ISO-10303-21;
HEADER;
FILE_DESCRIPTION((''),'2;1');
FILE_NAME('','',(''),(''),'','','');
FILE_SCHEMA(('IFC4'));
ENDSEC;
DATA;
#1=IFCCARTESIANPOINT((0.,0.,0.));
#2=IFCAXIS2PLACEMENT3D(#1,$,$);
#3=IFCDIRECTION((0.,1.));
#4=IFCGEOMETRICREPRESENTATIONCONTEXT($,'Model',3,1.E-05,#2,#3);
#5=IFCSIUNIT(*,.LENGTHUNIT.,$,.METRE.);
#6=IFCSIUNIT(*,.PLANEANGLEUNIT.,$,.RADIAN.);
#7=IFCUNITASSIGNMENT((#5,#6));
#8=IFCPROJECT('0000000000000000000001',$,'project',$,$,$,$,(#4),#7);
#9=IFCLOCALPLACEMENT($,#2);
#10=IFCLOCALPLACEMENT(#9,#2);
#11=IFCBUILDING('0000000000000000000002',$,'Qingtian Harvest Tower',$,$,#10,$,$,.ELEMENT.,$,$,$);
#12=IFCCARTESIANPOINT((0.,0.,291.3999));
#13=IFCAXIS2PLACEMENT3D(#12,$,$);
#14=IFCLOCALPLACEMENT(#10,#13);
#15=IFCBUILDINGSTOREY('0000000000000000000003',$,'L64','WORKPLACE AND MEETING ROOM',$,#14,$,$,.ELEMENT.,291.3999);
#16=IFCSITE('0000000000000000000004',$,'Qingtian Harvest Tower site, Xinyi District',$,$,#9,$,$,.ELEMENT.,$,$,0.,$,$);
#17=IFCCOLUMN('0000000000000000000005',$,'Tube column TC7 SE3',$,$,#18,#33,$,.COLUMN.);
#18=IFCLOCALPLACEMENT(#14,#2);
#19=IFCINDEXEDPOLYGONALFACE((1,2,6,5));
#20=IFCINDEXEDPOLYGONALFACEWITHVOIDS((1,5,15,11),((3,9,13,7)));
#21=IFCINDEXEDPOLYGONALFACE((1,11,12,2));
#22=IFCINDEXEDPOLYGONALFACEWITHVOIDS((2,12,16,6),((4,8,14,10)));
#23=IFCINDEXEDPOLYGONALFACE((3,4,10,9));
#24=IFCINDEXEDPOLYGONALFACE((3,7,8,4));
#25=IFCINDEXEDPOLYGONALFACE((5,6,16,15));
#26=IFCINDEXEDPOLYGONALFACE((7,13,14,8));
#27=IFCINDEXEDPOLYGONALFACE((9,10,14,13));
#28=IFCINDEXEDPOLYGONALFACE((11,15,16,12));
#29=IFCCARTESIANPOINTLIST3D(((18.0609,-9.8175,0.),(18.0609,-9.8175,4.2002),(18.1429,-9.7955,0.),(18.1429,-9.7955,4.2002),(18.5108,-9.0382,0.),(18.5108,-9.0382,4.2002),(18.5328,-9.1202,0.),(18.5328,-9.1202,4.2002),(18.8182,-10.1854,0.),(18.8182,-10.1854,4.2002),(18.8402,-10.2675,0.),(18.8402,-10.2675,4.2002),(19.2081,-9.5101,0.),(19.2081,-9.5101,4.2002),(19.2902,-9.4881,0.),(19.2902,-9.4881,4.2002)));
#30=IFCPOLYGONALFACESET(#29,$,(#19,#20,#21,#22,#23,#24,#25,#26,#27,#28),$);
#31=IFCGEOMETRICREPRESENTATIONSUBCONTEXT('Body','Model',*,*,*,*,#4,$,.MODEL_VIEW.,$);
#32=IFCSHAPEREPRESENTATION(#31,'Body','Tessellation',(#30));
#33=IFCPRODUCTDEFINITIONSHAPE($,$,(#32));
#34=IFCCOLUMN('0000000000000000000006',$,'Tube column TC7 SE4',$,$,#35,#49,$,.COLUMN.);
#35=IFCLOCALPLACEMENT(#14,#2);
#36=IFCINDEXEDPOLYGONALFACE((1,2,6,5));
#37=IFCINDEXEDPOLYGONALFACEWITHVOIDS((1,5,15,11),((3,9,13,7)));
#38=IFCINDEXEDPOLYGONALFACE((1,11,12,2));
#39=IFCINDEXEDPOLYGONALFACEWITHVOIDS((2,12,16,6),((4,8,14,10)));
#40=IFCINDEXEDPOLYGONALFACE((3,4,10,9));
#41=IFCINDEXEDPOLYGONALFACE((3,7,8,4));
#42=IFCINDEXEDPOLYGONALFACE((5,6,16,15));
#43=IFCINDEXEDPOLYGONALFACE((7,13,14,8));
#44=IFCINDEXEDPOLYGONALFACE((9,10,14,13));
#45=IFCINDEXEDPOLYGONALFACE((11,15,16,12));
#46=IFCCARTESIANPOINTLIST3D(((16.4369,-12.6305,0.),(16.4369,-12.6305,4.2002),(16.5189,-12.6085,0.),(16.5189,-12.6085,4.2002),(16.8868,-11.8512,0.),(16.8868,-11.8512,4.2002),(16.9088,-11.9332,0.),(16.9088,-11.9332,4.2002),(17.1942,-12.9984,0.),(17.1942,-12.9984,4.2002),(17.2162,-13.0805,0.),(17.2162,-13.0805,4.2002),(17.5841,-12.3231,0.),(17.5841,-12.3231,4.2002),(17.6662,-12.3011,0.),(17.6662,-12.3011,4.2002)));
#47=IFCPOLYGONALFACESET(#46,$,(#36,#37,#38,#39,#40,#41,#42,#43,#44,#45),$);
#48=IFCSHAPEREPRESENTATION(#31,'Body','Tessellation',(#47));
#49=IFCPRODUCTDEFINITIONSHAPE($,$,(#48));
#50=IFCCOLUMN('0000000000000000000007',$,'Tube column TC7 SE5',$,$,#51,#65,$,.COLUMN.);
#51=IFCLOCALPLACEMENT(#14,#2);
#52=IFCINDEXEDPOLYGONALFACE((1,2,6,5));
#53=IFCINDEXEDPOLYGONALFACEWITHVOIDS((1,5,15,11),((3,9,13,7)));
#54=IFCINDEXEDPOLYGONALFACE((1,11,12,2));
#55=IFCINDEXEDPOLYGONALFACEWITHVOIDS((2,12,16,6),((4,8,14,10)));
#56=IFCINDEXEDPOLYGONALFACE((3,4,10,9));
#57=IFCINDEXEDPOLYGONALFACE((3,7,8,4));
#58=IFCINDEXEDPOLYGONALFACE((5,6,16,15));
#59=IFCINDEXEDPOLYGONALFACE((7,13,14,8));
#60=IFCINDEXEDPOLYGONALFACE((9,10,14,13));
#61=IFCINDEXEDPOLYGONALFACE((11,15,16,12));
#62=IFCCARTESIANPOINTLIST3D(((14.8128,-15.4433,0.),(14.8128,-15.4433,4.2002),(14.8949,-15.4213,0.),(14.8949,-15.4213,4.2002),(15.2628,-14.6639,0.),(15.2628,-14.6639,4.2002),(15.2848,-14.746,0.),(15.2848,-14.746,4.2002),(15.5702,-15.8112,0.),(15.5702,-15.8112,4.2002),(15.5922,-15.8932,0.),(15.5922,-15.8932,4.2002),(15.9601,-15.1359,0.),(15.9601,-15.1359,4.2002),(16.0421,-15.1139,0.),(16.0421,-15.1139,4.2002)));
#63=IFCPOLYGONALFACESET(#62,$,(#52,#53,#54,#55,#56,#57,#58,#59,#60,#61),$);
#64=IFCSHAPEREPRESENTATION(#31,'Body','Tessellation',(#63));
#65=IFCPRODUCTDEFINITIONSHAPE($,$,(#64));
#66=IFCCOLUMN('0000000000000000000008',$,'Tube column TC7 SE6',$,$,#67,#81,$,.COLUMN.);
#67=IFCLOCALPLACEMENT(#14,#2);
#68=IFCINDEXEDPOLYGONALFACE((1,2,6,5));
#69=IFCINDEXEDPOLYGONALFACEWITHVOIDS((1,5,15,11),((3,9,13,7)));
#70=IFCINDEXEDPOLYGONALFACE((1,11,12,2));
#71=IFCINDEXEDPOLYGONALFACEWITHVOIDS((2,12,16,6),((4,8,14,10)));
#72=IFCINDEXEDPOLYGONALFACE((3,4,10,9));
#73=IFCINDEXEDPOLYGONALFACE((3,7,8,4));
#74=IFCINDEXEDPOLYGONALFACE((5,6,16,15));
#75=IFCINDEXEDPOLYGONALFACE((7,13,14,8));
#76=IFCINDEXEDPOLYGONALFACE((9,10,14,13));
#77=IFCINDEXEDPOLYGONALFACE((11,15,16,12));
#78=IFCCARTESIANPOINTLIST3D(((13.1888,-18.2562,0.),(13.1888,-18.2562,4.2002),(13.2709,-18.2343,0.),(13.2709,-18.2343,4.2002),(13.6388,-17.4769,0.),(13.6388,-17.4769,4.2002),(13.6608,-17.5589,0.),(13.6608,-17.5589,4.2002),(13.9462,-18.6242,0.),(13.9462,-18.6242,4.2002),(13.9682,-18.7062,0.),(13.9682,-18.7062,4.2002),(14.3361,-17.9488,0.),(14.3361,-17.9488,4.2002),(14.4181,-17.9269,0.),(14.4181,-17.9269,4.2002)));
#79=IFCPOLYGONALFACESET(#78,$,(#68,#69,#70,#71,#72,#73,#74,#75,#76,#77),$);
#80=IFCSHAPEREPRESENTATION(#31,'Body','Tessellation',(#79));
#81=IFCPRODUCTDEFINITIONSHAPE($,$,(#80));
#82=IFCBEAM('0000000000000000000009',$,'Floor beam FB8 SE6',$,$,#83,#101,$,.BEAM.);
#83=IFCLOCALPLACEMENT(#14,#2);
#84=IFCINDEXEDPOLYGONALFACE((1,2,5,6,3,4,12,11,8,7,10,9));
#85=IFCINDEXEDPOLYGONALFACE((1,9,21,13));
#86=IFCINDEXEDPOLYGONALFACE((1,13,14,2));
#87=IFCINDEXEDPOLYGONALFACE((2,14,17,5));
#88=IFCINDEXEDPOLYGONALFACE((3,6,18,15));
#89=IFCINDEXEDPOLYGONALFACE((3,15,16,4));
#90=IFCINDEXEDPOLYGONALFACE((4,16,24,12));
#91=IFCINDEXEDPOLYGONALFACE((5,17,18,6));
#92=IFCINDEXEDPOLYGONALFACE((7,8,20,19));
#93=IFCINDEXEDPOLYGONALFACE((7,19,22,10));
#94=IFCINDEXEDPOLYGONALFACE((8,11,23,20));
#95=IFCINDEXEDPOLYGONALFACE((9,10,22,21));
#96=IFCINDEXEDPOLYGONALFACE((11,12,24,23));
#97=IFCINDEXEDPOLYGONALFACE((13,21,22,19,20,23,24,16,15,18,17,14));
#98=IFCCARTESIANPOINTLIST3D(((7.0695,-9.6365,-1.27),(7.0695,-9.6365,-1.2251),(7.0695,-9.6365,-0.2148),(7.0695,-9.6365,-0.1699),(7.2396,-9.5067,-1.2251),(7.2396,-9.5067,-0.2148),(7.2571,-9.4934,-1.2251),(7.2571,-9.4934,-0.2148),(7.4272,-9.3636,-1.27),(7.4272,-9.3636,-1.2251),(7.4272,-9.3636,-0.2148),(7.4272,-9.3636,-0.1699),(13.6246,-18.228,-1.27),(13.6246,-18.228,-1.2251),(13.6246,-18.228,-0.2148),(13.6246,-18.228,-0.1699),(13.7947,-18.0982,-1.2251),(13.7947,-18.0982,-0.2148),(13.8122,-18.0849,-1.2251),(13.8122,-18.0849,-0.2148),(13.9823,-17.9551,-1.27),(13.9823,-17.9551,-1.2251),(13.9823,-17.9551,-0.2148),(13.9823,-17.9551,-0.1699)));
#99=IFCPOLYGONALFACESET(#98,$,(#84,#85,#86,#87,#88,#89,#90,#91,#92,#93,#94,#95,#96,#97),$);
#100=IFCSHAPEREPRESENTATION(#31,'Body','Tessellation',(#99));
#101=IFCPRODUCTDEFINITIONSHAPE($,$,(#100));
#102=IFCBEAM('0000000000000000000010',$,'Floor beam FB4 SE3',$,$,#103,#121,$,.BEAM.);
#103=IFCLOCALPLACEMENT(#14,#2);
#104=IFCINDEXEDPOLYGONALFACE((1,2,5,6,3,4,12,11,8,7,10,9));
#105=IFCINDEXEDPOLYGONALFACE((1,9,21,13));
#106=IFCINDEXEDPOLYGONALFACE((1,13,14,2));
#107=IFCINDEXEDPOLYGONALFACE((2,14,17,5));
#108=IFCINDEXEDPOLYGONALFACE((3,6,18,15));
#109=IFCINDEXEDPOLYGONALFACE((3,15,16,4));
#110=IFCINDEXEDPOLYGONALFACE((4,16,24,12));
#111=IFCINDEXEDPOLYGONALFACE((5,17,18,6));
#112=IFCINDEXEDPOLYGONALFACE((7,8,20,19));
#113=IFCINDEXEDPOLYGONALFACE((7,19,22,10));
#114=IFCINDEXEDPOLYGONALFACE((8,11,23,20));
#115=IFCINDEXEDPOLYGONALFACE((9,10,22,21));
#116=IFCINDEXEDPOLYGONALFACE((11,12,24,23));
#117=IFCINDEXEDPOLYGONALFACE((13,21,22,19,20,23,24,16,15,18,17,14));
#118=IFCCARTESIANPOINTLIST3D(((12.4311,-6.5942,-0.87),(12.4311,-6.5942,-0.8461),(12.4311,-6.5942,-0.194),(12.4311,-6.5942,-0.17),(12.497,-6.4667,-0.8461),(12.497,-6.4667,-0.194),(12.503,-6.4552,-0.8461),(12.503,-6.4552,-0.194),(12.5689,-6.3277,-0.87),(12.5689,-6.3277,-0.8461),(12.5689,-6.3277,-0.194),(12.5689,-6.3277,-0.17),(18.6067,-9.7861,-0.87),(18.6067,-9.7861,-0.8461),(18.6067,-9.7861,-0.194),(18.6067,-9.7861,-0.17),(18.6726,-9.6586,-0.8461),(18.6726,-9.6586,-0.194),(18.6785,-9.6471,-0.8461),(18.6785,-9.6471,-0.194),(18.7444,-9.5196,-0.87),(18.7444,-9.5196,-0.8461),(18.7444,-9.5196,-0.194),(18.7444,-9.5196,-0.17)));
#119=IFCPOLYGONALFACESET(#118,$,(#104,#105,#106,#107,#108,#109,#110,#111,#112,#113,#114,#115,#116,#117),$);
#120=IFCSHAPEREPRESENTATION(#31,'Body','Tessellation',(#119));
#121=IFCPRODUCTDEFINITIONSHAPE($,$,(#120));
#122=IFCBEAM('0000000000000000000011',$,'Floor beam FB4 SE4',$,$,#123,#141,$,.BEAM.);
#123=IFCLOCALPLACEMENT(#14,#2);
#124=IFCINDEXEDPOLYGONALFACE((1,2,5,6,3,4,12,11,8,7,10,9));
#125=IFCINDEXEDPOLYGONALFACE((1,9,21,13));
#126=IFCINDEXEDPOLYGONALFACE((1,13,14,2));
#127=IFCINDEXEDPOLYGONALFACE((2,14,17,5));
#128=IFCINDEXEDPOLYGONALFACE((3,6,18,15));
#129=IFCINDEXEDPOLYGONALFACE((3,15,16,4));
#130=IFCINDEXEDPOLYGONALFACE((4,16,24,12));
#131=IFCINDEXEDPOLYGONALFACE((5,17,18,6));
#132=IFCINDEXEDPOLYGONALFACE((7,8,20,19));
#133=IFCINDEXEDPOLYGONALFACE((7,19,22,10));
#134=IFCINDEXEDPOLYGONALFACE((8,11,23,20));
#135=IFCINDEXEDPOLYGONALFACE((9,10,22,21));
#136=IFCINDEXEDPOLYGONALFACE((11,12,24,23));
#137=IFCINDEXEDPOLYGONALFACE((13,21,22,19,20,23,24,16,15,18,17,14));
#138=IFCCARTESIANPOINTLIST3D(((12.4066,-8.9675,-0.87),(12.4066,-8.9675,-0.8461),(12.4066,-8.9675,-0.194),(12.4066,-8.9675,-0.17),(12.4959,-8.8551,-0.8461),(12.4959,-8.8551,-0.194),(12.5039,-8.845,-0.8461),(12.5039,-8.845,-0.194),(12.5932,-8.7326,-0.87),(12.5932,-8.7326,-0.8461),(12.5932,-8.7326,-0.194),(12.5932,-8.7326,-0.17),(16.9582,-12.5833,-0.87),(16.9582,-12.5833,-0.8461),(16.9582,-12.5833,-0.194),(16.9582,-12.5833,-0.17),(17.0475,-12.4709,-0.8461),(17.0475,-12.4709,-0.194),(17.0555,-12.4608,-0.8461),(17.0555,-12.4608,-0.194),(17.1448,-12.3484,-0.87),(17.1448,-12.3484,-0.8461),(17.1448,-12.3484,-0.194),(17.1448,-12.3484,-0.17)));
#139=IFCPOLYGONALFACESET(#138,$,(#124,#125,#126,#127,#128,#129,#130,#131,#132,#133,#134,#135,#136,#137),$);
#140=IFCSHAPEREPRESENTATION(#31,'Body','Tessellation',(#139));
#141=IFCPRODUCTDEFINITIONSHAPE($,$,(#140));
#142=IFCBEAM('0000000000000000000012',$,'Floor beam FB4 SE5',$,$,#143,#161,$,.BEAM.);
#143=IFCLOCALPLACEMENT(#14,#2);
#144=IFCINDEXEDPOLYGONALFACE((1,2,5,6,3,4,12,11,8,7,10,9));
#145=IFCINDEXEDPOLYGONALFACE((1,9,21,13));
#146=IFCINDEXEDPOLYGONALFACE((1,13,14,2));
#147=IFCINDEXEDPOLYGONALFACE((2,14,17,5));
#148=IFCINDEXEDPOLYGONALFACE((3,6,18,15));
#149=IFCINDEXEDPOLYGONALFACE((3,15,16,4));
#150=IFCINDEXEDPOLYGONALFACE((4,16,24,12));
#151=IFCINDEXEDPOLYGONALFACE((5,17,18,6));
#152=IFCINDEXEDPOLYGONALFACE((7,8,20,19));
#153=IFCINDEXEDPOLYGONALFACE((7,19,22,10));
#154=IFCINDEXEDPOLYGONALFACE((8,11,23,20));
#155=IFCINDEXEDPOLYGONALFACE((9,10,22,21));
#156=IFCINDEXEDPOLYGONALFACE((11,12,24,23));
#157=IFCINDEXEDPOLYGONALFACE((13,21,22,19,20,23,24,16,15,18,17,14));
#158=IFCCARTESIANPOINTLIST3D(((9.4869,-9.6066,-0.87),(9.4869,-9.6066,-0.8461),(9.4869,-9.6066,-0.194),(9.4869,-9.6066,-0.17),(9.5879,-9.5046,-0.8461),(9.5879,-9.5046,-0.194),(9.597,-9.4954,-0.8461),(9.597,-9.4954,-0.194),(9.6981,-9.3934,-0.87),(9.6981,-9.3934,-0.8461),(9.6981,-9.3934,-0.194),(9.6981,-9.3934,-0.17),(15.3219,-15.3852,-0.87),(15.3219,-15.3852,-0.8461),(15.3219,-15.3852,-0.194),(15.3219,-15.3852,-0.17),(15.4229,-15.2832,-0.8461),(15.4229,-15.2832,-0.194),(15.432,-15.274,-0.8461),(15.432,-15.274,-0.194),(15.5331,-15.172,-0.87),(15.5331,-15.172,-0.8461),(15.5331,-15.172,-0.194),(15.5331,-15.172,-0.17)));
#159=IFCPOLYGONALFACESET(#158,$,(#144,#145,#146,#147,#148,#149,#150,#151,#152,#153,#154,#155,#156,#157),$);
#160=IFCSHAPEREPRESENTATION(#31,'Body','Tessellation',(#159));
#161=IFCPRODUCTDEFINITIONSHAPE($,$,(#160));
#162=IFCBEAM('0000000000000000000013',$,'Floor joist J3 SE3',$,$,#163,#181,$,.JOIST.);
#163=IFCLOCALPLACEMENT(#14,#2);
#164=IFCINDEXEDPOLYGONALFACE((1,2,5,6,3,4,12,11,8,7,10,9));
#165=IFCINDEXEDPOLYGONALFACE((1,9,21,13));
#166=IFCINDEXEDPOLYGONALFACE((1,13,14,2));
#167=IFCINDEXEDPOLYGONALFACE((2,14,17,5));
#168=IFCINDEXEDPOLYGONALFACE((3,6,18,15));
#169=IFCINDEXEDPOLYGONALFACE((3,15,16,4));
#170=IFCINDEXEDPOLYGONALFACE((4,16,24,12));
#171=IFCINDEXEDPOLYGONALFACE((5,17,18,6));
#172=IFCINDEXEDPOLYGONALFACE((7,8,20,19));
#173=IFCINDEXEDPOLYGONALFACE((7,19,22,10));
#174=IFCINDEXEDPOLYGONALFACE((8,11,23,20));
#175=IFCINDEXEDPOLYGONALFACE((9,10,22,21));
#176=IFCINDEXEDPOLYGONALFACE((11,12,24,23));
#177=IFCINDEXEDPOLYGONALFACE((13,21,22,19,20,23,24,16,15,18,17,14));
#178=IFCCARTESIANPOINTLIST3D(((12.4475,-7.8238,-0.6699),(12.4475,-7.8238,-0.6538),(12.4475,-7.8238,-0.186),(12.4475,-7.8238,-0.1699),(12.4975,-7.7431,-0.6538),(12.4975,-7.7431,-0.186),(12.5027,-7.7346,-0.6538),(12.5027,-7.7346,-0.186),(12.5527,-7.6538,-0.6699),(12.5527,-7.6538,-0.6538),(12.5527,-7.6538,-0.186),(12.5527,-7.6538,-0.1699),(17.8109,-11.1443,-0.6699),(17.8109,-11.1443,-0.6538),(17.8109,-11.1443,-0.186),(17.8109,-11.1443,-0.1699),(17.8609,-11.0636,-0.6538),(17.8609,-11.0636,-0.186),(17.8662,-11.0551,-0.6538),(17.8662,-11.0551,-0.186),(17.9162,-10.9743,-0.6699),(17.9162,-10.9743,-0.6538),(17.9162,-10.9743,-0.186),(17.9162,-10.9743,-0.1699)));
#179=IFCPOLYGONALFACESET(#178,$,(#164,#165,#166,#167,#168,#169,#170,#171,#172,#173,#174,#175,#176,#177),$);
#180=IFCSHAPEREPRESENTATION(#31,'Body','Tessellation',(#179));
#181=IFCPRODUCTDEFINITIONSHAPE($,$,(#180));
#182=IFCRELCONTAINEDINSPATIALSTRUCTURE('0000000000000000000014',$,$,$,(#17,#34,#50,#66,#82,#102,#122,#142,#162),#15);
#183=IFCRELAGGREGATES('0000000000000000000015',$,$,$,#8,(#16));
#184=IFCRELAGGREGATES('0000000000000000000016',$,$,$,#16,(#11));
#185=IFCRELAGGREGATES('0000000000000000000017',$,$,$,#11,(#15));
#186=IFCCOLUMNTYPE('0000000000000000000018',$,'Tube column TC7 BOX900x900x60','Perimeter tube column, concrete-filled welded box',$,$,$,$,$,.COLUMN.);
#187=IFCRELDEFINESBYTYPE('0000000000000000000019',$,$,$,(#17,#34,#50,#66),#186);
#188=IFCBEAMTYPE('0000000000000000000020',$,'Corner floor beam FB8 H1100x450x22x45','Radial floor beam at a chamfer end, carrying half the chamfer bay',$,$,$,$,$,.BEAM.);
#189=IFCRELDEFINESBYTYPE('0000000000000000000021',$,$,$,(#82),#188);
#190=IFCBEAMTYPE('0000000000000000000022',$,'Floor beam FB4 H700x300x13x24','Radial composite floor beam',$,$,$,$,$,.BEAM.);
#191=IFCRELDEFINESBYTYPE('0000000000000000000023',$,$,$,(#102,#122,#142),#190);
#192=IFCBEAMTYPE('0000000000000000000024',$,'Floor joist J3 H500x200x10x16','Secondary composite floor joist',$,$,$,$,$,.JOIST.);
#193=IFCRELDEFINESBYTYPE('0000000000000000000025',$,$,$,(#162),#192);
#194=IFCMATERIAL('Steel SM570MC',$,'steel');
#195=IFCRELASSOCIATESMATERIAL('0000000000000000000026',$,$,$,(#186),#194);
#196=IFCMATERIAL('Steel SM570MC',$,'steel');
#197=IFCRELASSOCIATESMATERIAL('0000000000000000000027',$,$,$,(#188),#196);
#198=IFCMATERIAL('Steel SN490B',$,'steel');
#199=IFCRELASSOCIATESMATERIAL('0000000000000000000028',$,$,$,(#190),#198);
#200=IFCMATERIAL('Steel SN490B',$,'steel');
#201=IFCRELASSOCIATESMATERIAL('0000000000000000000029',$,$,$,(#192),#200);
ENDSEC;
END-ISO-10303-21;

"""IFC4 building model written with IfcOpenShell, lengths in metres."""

from ifc_helpers import new_model, si_unit, direction, frame, origin, origin_2d, place, context, subcontext, project, spatial, hollow_rectangle, i_section, extrude, material, material_profile, profile_set, type_object, element, save


model = new_model("IFC4")

# Units and contexts
model_context = context("Model", 3, precision=1e-05, world=origin(), true_north=direction((0.0, 1.0)))
body_context = subcontext(model_context, "Body", "Model", "MODEL_VIEW")
ifc_project = project(units=[si_unit("LENGTHUNIT", "METRE"), si_unit("PLANEANGLEUNIT", "RADIAN")], contexts=[model_context])

# Site, building, storey
site_placement = place(None, origin())
site = spatial("IfcSite", under=ifc_project, at=site_placement, Name="Qingtian Harvest Tower site, Xinyi District", CompositionType="ELEMENT", RefElevation=0.0)
building_placement = place(site_placement, origin())
building = spatial("IfcBuilding", under=site, at=building_placement, Name="Qingtian Harvest Tower", CompositionType="ELEMENT")
storey_placement = place(building_placement, frame((0.0, 0.0, 291.3999)))
storey = spatial("IfcBuildingStorey", under=building, at=storey_placement, Name="L64", Description="WORKPLACE AND MEETING ROOM", CompositionType="ELEMENT", Elevation=291.3999)

# Columns
ifc_material_1 = material(Name="Steel SM570MC", Category="steel")
ifc_material_profile_1 = material_profile(ifc_material_1, hollow_rectangle(XDim=0.8999, YDim=0.8999, WallThickness=0.0601, at=origin_2d()), Name="BOX900x900x60")
ifc_profile_set_1 = profile_set([ifc_material_profile_1], Name="Steel SM570MC")
column_type = type_object("IfcColumnType", Name="Tube column TC7 BOX900x900x60", Description="Perimeter tube column, concrete-filled welded box", PredefinedType="COLUMN", material=ifc_profile_set_1)
for number, where, z_axis, x_axis, name in (
    (1, (18.6755, -9.6528, 0.0), (0.0, 0.0, 1.0), (0.5, 0.866025, 0.0), "Tube column TC7 SE3"),
    (2, (17.0515, -12.4658, 0.0), (0.0, 0.0, 1.0), (0.5, 0.866025, 0.0), "Tube column TC7 SE4"),
    (3, (15.4275, -15.2786, 0.0), (0.0, 0.0, 1.0), (0.5, 0.866025, 0.0), "Tube column TC7 SE5"),
    (4, (13.8035, -18.0916, 0.0), (0.0, 0.0, 1.0), (0.5, 0.866025, 0.0), "Tube column TC7 SE6"),
):
    element("IfcColumn", number, at=place(storey_placement, frame(where, z_axis=z_axis, x_axis=x_axis)), inside=storey, type_object=column_type, Name=name, PredefinedType="COLUMN", context=body_context, shape_type="SweptSolid", body=[
        extrude(hollow_rectangle(XDim=0.8999, YDim=0.8999, WallThickness=0.0601, at=origin_2d()), origin(), (0.0, 0.0, 1.0), 4.2002),
    ])

# Beams
ifc_material_2 = material(Name="Steel SM570MC", Category="steel")
ifc_material_profile_2 = material_profile(ifc_material_2, i_section(OverallWidth=0.45, OverallDepth=1.1001, WebThickness=0.022, FlangeThickness=0.0449, at=origin_2d()), Name="H1100x450x22x45")
ifc_profile_set_2 = profile_set([ifc_material_profile_2], Name="Steel SM570MC")
beam_type_1 = type_object("IfcBeamType", Name="Corner floor beam FB8 H1100x450x22x45", Description="Radial floor beam at a chamfer end, carrying half the chamfer bay", PredefinedType="BEAM", material=ifc_profile_set_2)
beam_1_placement = place(storey_placement, frame((13.8035, -18.0916, -0.72), z_axis=(-0.606584, 0.79502, 0.0), x_axis=(-0.79502, -0.606584, 0.0)))
element("IfcBeam", 5, at=beam_1_placement, inside=storey, type_object=beam_type_1, Name="Floor beam FB8 SE6", PredefinedType="BEAM", context=body_context, shape_type="SweptSolid", body=[
    extrude(i_section(OverallWidth=0.45, OverallDepth=1.1001, WebThickness=0.022, FlangeThickness=0.0449, at=origin_2d()), origin(), (0.0, 0.0, 1.0), 10.8066),
])
ifc_material_3 = material(Name="Steel SN490B", Category="steel")
ifc_material_profile_3 = material_profile(ifc_material_3, i_section(OverallWidth=0.3, OverallDepth=0.7, WebThickness=0.0129, FlangeThickness=0.0239, at=origin_2d()), Name="H700x300x13x24")
ifc_profile_set_3 = profile_set([ifc_material_profile_3], Name="Steel SN490B")
beam_type_2 = type_object("IfcBeamType", Name="Floor beam FB4 H700x300x13x24", Description="Radial composite floor beam", PredefinedType="BEAM", material=ifc_profile_set_3)
beam_2_placement = place(storey_placement, frame((18.6755, -9.6528, -0.52), z_axis=(-0.888355, 0.459156, 0.0), x_axis=(-0.459156, -0.888355, 0.0)))
element("IfcBeam", 6, at=beam_2_placement, inside=storey, type_object=beam_type_2, Name="Floor beam FB4 SE3", PredefinedType="BEAM", context=body_context, shape_type="SweptSolid", body=[
    extrude(i_section(OverallWidth=0.3, OverallDepth=0.7, WebThickness=0.0129, FlangeThickness=0.0239, at=origin_2d()), origin(), (0.0, 0.0, 1.0), 6.9517),
])
beam_3_placement = place(storey_placement, frame((17.0515, -12.4658, -0.52), z_axis=(-0.783003, 0.622018, 0.0), x_axis=(-0.622018, -0.783003, 0.0)))
element("IfcBeam", 7, at=beam_3_placement, inside=storey, type_object=beam_type_2, Name="Floor beam FB4 SE4", PredefinedType="BEAM", context=body_context, shape_type="SweptSolid", body=[
    extrude(i_section(OverallWidth=0.3, OverallDepth=0.7, WebThickness=0.0129, FlangeThickness=0.0239, at=origin_2d()), origin(), (0.0, 0.0, 1.0), 5.813),
])
beam_4_placement = place(storey_placement, frame((15.4275, -15.2786, -0.52), z_axis=(-0.710532, 0.703665, 0.0), x_axis=(-0.703665, -0.710532, 0.0)))
element("IfcBeam", 8, at=beam_4_placement, inside=storey, type_object=beam_type_2, Name="Floor beam FB4 SE5", PredefinedType="BEAM", context=body_context, shape_type="SweptSolid", body=[
    extrude(i_section(OverallWidth=0.3, OverallDepth=0.7, WebThickness=0.0129, FlangeThickness=0.0239, at=origin_2d()), origin(), (0.0, 0.0, 1.0), 8.2122),
])
ifc_material_4 = material(Name="Steel SN490B", Category="steel")
ifc_material_profile_4 = material_profile(ifc_material_4, i_section(OverallWidth=0.2, OverallDepth=0.5, WebThickness=0.01, FlangeThickness=0.0161, at=origin_2d()), Name="H500x200x10x16")
ifc_profile_set_4 = profile_set([ifc_material_profile_4], Name="Steel SN490B")
beam_type_3 = type_object("IfcBeamType", Name="Floor joist J3 H500x200x10x16", Description="Secondary composite floor joist", PredefinedType="JOIST", material=ifc_profile_set_4)
beam_5_placement = place(storey_placement, frame((17.8635, -11.0593, -0.4199), z_axis=(-0.850245, 0.526387, 0.0), x_axis=(-0.526387, -0.850245, 0.0)))
element("IfcBeam", 9, at=beam_5_placement, inside=storey, type_object=beam_type_3, Name="Floor joist J3 SE3", PredefinedType="JOIST", context=body_context, shape_type="SweptSolid", body=[
    extrude(i_section(OverallWidth=0.2, OverallDepth=0.5, WebThickness=0.01, FlangeThickness=0.0161, at=origin_2d()), origin(), (0.0, 0.0, 1.0), 6.3081),
])

save(model, "model.ifc")
